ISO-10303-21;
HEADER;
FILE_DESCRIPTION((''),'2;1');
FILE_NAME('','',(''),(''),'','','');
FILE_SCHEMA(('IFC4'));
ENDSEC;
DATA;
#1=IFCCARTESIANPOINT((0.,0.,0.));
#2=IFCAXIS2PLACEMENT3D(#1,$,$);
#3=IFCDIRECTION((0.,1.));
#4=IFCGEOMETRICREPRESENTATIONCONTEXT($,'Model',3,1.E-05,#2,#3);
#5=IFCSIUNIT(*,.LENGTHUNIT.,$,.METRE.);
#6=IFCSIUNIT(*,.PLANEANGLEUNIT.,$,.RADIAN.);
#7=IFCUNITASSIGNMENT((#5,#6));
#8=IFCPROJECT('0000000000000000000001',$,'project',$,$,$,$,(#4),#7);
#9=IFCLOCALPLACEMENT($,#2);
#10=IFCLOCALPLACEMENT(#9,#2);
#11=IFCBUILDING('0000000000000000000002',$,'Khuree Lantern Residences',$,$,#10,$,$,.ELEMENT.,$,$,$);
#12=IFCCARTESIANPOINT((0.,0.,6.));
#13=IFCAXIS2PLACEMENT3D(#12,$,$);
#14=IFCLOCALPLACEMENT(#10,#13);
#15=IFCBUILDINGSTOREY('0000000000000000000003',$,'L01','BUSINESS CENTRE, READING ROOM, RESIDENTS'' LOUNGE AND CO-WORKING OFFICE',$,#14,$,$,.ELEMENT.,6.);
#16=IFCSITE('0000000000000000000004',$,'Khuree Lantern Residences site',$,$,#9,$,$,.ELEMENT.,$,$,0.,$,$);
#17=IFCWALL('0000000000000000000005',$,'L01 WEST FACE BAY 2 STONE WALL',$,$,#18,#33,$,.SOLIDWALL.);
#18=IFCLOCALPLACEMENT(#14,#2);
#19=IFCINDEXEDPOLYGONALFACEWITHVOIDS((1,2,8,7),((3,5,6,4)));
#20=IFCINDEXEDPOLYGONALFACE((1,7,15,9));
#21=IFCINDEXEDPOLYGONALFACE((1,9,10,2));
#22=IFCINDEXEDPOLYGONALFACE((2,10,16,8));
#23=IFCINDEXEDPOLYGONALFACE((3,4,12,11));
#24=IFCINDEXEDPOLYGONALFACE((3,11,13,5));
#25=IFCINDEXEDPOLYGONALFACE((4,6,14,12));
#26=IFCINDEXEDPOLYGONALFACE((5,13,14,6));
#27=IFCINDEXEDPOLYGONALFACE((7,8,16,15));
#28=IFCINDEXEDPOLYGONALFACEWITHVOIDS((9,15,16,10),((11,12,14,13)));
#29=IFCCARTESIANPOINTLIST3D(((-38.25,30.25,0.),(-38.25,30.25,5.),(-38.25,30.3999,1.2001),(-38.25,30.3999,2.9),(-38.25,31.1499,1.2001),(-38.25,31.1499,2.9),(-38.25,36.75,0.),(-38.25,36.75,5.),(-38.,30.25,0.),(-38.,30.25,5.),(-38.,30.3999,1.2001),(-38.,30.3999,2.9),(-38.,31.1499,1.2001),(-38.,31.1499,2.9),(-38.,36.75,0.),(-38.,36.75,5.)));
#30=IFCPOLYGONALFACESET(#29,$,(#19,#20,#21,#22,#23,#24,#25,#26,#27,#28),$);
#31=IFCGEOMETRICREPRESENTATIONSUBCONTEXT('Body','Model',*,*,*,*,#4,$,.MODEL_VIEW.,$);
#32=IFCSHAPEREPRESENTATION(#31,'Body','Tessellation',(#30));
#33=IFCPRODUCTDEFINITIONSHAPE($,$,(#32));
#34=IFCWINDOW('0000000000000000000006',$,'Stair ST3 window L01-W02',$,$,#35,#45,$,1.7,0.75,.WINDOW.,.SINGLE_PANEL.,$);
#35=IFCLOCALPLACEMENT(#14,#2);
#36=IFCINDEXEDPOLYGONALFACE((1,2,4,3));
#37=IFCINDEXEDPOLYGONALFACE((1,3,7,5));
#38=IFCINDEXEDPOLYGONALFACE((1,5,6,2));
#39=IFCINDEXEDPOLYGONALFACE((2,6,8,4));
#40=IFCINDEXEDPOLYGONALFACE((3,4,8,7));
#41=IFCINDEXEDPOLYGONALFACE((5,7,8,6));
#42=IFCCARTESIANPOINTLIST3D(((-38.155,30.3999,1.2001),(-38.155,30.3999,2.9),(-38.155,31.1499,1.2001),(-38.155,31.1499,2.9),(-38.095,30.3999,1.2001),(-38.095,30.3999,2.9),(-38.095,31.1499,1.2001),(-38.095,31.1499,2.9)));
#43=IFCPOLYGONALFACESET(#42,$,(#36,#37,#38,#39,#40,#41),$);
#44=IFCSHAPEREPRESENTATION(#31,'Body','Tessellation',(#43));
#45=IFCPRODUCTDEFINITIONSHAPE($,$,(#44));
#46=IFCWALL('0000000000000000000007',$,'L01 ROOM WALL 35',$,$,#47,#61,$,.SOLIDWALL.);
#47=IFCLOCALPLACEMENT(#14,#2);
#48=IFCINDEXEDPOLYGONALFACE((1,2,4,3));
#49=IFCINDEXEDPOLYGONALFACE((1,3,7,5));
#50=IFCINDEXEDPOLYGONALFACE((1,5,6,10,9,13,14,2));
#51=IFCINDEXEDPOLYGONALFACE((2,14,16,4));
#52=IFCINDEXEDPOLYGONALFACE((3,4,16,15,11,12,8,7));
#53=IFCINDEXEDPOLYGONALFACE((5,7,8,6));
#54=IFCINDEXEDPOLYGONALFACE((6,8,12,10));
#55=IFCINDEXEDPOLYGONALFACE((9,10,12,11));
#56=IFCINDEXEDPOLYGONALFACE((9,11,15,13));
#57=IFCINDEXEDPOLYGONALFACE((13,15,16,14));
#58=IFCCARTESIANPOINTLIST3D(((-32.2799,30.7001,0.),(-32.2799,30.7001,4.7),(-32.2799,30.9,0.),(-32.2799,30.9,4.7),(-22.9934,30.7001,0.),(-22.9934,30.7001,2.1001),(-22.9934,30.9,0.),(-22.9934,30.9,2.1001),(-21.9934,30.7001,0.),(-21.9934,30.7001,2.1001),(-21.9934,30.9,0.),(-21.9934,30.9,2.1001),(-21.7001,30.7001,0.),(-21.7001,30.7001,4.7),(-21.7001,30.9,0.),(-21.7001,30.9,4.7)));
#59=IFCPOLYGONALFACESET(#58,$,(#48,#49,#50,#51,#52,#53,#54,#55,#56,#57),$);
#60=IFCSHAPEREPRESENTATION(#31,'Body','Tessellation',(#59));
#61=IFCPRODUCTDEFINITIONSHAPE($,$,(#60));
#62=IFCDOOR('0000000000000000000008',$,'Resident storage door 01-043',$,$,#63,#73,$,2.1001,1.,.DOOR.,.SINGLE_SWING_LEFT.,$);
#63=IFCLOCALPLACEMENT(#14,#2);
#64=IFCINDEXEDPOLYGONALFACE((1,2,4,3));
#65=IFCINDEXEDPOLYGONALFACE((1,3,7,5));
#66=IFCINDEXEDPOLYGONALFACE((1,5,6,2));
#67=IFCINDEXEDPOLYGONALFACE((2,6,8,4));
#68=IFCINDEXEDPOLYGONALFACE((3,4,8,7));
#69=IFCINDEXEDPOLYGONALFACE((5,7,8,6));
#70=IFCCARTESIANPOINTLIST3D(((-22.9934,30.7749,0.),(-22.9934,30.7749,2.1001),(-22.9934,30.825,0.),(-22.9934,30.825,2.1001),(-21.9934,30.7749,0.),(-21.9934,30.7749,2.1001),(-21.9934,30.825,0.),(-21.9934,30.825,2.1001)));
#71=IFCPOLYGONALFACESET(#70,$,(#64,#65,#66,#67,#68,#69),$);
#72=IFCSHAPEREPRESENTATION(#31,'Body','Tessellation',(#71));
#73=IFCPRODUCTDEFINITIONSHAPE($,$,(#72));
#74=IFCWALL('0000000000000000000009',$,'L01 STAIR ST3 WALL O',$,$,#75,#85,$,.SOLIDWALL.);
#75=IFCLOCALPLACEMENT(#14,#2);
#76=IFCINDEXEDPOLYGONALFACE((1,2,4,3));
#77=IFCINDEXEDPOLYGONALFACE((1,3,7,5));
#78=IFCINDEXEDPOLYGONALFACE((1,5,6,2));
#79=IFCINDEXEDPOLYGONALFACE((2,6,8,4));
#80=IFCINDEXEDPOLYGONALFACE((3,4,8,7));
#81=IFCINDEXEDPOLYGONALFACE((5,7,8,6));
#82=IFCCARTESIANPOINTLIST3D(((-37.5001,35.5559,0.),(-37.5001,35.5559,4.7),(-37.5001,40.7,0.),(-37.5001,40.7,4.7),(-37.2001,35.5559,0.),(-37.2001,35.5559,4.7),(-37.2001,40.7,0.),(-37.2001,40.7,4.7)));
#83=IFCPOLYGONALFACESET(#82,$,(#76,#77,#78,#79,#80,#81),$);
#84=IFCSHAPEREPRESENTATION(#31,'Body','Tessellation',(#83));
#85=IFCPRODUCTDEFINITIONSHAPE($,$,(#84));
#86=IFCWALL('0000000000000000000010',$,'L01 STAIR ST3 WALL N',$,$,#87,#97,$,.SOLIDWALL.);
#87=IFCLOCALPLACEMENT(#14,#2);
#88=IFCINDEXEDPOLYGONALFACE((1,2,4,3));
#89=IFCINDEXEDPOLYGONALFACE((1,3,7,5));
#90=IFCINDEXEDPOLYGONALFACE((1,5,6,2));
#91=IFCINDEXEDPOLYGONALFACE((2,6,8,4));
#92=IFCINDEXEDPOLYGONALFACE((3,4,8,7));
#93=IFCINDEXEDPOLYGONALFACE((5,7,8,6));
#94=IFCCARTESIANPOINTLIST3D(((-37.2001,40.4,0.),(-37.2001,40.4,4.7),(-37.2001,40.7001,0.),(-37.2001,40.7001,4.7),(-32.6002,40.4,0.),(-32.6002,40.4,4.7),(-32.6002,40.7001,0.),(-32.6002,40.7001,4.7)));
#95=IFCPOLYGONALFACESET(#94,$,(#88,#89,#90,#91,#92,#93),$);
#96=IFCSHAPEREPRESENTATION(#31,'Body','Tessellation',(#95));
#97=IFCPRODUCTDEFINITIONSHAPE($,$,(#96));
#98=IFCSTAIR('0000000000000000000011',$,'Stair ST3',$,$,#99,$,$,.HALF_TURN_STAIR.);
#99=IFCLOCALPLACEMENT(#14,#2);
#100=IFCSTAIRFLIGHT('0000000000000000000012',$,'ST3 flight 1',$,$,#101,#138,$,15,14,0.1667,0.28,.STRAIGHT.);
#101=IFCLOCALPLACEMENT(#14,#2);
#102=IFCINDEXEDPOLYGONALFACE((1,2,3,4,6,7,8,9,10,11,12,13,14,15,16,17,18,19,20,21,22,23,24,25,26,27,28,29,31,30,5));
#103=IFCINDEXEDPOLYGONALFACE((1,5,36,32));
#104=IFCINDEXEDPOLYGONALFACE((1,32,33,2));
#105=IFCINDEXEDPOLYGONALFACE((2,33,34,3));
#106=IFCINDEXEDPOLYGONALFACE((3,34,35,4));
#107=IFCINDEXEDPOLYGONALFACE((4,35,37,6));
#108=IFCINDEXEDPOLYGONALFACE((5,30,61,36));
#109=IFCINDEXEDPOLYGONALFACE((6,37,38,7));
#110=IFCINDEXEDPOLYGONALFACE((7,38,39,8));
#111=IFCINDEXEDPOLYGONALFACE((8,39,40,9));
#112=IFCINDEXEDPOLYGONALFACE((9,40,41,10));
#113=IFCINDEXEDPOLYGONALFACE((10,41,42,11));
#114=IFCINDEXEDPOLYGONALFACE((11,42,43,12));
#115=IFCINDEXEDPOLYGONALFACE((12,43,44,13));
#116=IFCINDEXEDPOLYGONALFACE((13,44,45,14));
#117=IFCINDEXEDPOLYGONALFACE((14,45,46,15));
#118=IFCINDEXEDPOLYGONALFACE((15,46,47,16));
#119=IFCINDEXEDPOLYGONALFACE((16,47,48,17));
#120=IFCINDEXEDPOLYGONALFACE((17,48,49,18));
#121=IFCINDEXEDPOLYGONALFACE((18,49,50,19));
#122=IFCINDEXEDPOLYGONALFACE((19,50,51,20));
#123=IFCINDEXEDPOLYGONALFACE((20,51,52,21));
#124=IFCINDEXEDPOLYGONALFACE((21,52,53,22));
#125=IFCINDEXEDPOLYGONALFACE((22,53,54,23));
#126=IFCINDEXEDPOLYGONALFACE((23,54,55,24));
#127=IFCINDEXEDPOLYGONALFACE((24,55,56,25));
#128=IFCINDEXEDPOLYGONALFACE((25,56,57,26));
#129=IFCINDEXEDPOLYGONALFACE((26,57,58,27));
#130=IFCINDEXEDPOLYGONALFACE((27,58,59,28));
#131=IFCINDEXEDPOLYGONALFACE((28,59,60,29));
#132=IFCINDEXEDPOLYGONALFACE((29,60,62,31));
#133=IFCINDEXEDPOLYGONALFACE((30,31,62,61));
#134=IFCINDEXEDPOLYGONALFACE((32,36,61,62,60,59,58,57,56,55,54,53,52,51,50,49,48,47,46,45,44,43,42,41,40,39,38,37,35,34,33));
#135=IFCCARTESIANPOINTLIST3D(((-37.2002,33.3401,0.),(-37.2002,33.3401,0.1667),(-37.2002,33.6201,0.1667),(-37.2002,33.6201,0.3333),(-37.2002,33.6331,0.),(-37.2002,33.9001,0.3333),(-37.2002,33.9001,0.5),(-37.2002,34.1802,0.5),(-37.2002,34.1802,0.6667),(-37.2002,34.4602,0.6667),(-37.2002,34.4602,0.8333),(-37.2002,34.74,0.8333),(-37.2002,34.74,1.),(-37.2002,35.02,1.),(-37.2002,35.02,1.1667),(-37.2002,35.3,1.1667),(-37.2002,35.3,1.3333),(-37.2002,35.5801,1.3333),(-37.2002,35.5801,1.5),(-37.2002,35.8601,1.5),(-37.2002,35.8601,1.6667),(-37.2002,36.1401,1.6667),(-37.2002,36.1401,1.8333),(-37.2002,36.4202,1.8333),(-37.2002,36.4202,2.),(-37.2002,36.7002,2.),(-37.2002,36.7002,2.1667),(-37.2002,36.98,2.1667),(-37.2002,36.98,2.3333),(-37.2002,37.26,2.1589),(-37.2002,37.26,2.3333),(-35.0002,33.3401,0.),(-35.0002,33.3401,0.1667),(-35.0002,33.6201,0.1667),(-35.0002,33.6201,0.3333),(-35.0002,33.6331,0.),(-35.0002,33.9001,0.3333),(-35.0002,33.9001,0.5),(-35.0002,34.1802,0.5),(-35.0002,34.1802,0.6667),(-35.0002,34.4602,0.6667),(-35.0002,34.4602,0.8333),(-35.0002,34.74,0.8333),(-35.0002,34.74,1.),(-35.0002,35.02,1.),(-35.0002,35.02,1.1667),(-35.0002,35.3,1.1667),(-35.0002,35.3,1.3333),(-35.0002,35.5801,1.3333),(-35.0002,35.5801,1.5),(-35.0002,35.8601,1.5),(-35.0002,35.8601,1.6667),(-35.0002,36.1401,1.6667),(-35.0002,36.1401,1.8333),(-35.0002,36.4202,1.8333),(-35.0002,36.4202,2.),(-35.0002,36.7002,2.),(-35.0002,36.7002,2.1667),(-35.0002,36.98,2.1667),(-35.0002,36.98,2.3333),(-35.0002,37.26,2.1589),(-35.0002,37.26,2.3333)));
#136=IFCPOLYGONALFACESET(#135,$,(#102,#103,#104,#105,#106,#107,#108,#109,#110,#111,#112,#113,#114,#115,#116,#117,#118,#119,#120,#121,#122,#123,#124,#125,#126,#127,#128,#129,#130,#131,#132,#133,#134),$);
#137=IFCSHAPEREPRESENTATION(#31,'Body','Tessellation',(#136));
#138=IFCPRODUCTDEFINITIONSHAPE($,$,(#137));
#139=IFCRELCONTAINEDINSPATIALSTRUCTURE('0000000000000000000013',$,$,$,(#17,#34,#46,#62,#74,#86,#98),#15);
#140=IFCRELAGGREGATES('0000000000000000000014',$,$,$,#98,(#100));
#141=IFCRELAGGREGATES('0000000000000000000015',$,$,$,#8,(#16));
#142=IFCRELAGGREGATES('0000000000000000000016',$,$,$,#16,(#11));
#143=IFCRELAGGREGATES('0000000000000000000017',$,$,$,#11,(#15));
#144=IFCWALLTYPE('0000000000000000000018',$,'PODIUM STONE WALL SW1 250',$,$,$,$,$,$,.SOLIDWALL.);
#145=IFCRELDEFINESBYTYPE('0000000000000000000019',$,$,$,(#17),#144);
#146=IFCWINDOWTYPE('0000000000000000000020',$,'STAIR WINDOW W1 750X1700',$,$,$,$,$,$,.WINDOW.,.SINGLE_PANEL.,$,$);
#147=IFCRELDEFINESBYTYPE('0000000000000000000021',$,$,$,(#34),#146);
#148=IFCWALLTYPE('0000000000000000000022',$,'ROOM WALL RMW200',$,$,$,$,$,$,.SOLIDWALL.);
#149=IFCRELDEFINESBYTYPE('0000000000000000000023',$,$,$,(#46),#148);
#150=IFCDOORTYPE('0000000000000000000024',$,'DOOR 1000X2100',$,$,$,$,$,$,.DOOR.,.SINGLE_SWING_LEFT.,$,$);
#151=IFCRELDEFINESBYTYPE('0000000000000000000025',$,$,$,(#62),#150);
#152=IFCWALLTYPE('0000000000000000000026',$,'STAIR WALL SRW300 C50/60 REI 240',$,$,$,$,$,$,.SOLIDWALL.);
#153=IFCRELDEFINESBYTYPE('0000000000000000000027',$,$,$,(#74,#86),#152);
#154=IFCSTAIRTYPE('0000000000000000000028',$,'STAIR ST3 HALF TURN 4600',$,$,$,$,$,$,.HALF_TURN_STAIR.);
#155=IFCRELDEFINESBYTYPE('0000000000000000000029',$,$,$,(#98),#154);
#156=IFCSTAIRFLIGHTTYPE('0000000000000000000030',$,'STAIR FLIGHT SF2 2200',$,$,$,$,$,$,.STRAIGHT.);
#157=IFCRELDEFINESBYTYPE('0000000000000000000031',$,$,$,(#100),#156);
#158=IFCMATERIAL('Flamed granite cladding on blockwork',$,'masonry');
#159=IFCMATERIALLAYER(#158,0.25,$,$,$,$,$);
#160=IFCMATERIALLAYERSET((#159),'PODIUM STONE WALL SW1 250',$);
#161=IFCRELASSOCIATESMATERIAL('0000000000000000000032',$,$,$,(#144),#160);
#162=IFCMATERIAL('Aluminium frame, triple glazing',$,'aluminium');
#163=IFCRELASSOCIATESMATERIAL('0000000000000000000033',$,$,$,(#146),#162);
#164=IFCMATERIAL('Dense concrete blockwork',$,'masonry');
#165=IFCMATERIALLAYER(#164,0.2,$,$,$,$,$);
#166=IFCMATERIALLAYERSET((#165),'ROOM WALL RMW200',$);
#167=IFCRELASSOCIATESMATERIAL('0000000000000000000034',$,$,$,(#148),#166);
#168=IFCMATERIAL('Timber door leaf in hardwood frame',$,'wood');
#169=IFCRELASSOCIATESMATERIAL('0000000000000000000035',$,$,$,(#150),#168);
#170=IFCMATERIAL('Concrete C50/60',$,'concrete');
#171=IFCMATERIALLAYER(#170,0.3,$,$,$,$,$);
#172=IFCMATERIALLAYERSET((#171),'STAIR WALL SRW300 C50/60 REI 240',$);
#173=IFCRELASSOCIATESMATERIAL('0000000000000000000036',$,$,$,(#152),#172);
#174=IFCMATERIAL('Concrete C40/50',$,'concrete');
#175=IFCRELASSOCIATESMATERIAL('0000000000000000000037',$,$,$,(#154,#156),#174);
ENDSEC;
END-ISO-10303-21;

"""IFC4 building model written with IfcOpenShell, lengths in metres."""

from ifc_helpers import new_model, si_unit, direction, frame, frame_2d, origin, place, context, subcontext, project, spatial, polyline, rectangle, outline, extrude, material, layer, layer_set, type_object, element, fill, aggregate, save


model = new_model("IFC4")

# Units and contexts
model_context = context("Model", 3, precision=1e-05, world=origin(), true_north=direction((0.0, 1.0)))
body_context = subcontext(model_context, "Body", "Model", "MODEL_VIEW")
ifc_project = project(units=[si_unit("LENGTHUNIT", "METRE"), si_unit("PLANEANGLEUNIT", "RADIAN")], contexts=[model_context])

# Site, building, storey
site_placement = place(None, origin())
site = spatial("IfcSite", under=ifc_project, at=site_placement, Name="Khuree Lantern Residences site", CompositionType="ELEMENT", RefElevation=0.0)
building_placement = place(site_placement, origin())
building = spatial("IfcBuilding", under=site, at=building_placement, Name="Khuree Lantern Residences", CompositionType="ELEMENT")
storey_placement = place(building_placement, frame((0.0, 0.0, 6.0)))
storey = spatial("IfcBuildingStorey", under=building, at=storey_placement, Name="L01", Description="BUSINESS CENTRE, READING ROOM, RESIDENTS' LOUNGE AND CO-WORKING OFFICE", CompositionType="ELEMENT", Elevation=6.0)

# Shared definitions
ifc_material_1 = material(Name="Concrete C40/50", Category="concrete")

# Shared definitions
ifc_material_2 = material(Name="Dense concrete blockwork", Category="masonry")
ifc_material_3 = material(Name="Flamed granite cladding on blockwork", Category="masonry")

# Wall, opening, window
ifc_layer_1 = layer(ifc_material_3, 0.25)
ifc_layer_set_1 = layer_set([ifc_layer_1], Name="PODIUM STONE WALL SW1 250")
wall_type_1 = type_object("IfcWallType", Name="PODIUM STONE WALL SW1 250", PredefinedType="SOLIDWALL", material=ifc_layer_set_1)
wall_1_placement = place(storey_placement, frame((-38.125, 36.75, 0.0), z_axis=(0.0, 0.0, 1.0), x_axis=(0.0, -1.0, 0.0)))
wall_1 = element("IfcWall", 1, at=wall_1_placement, inside=storey, type_object=wall_type_1, Name="L01 WEST FACE BAY 2 STONE WALL", PredefinedType="SOLIDWALL", context=body_context, shape_type="SweptSolid", body=[
    extrude(rectangle(XDim=6.5, YDim=0.25, at=frame_2d((3.25, 0.0))), origin(), (0.0, 0.0, 1.0), 5.0),
])
opening_1_placement = place(wall_1_placement, frame((5.6001, 0.0, 1.2)))
opening_1 = element("IfcOpeningElement", 2, at=opening_1_placement, cuts=wall_1, PredefinedType="OPENING", context=body_context, shape_type="SweptSolid", body=[
    extrude(rectangle(XDim=0.75, YDim=1.7, at=frame_2d((0.375, 0.8501))), frame((0.0, 0.135, 0.0), z_axis=(0.0, -1.0, 0.0), x_axis=(1.0, 0.0, 0.0)), (0.0, 0.0, 1.0), 0.27),
])
ifc_material_4 = material(Name="Aluminium frame, triple glazing", Category="aluminium")
window_type = type_object("IfcWindowType", Name="STAIR WINDOW W1 750X1700", PartitioningType="SINGLE_PANEL", PredefinedType="WINDOW", material=ifc_material_4)
window_placement = place(opening_1_placement, origin())
window = element("IfcWindow", 3, at=window_placement, inside=storey, type_object=window_type, Name="Stair ST3 window L01-W02", OverallHeight=1.7, OverallWidth=0.75, PartitioningType="SINGLE_PANEL", PredefinedType="WINDOW", context=body_context, shape_type="SweptSolid", body=[
    extrude(rectangle(XDim=0.75, YDim=1.7, at=frame_2d((0.375, 0.8501))), frame((0.0, 0.03, 0.0), z_axis=(0.0, -1.0, 0.0), x_axis=(1.0, 0.0, 0.0)), (0.0, 0.0, 1.0), 0.0601),
])
fill(opening_1, window)

# Wall, opening, door
ifc_layer_2 = layer(ifc_material_2, 0.2)
ifc_layer_set_2 = layer_set([ifc_layer_2], Name="ROOM WALL RMW200")
wall_type_2 = type_object("IfcWallType", Name="ROOM WALL RMW200", PredefinedType="SOLIDWALL", material=ifc_layer_set_2)
wall_2_placement = place(storey_placement, frame((-32.28, 30.8, 0.0), z_axis=(0.0, 0.0, 1.0), x_axis=(1.0, 0.0, 0.0)))
wall_2 = element("IfcWall", 4, at=wall_2_placement, inside=storey, type_object=wall_type_2, Name="L01 ROOM WALL 35", PredefinedType="SOLIDWALL", context=body_context, shape_type="SweptSolid", body=[
    extrude(rectangle(XDim=10.5798, YDim=0.2, at=frame_2d((5.29, 0.0))), origin(), (0.0, 0.0, 1.0), 4.7),
])
opening_2_placement = place(wall_2_placement, frame((9.2866, 0.0, 0.0)))
opening_2 = element("IfcOpeningElement", 5, at=opening_2_placement, cuts=wall_2, PredefinedType="OPENING", context=body_context, shape_type="SweptSolid", body=[
    extrude(rectangle(XDim=1.0, YDim=2.1001, at=frame_2d((0.5, 1.05))), frame((0.0, 0.1099, 0.0), z_axis=(0.0, -1.0, 0.0), x_axis=(1.0, 0.0, 0.0)), (0.0, 0.0, 1.0), 0.22),
])
ifc_material_5 = material(Name="Timber door leaf in hardwood frame", Category="wood")
door_type = type_object("IfcDoorType", Name="DOOR 1000X2100", OperationType="SINGLE_SWING_LEFT", PredefinedType="DOOR", material=ifc_material_5)
door_placement = place(opening_2_placement, origin())
door = element("IfcDoor", 6, at=door_placement, inside=storey, type_object=door_type, Name="Resident storage door 01-043", OperationType="SINGLE_SWING_LEFT", OverallHeight=2.1001, OverallWidth=1.0, PredefinedType="DOOR", context=body_context, shape_type="SweptSolid", body=[
    extrude(rectangle(XDim=1.0, YDim=2.1001, at=frame_2d((0.5, 1.05))), frame((0.0, 0.0249, 0.0), z_axis=(0.0, -1.0, 0.0), x_axis=(1.0, 0.0, 0.0)), (0.0, 0.0, 1.0), 0.05),
])
fill(opening_2, door)

# Walls
ifc_material_6 = material(Name="Concrete C50/60", Category="concrete")
ifc_layer_3 = layer(ifc_material_6, 0.3)
ifc_layer_set_3 = layer_set([ifc_layer_3], Name="STAIR WALL SRW300 C50/60 REI 240")
wall_type_3 = type_object("IfcWallType", Name="STAIR WALL SRW300 C50/60 REI 240", PredefinedType="SOLIDWALL", material=ifc_layer_set_3)
wall_3_placement = place(storey_placement, frame((-37.3501, 35.5559, 0.0), z_axis=(0.0, 0.0, 1.0), x_axis=(0.0, 1.0, 0.0)))
element("IfcWall", 7, at=wall_3_placement, inside=storey, type_object=wall_type_3, Name="L01 STAIR ST3 WALL O", PredefinedType="SOLIDWALL", context=body_context, shape_type="SweptSolid", body=[
    extrude(rectangle(XDim=5.144, YDim=0.3, at=frame_2d((2.572, 0.0))), origin(), (0.0, 0.0, 1.0), 4.7),
])
wall_4_placement = place(storey_placement, frame((-37.2, 40.55, 0.0), z_axis=(0.0, 0.0, 1.0), x_axis=(1.0, 0.0, 0.0)))
element("IfcWall", 8, at=wall_4_placement, inside=storey, type_object=wall_type_3, Name="L01 STAIR ST3 WALL N", PredefinedType="SOLIDWALL", context=body_context, shape_type="SweptSolid", body=[
    extrude(rectangle(XDim=4.5999, YDim=0.3, at=frame_2d((2.2998, 0.0))), origin(), (0.0, 0.0, 1.0), 4.7),
])

# Stair, stair flight
stair_type = type_object("IfcStairType", Name="STAIR ST3 HALF TURN 4600", PredefinedType="HALF_TURN_STAIR", material=ifc_material_1)
stair_placement = place(storey_placement, origin())
stair = element("IfcStair", 9, at=stair_placement, inside=storey, type_object=stair_type, Name="Stair ST3", PredefinedType="HALF_TURN_STAIR")
stair_flight_type = type_object("IfcStairFlightType", Name="STAIR FLIGHT SF2 2200", PredefinedType="STRAIGHT", material=ifc_material_1)
stair_flight_1_placement = place(storey_placement, frame((-36.1001, 33.3401, 0.0), z_axis=(0.0, 0.0, 1.0), x_axis=(0.0, 1.0, 0.0)))
stair_flight_1 = element("IfcStairFlight", 10, at=stair_flight_1_placement, type_object=stair_flight_type, Name="ST3 flight 1", NumberOfRisers=15, NumberOfTreads=14, PredefinedType="STRAIGHT", RiserHeight=0.1667, TreadLength=0.28, context=body_context, shape_type="SweptSolid", body=[
    extrude(outline(polyline([(0.0, 0.0), (0.0, 0.1667), (0.28, 0.1667), (0.28, 0.3333), (0.5601, 0.3333), (0.5601, 0.5), (0.8401, 0.5), (0.8401, 0.6667), (1.1201, 0.6667), (1.1201, 0.8333), (1.3999, 0.8333), (1.3999, 1.0), (1.6799, 1.0), (1.6799, 1.1667), (1.96, 1.1667), (1.96, 1.3333), (2.24, 1.3333), (2.24, 1.5), (2.52, 1.5), (2.52, 1.6667), (2.8, 1.6667), (2.8, 1.8333), (3.0801, 1.8333), (3.0801, 2.0), (3.3601, 2.0), (3.3601, 2.1667), (3.6399, 2.1667), (3.6399, 2.3333), (3.9199, 2.3333), (3.9199, 2.5), (3.9199, 2.1589), (0.293, 0.0), (0.0, 0.0)])), frame((0.0, 1.1001, 0.0), z_axis=(0.0, -1.0, 0.0), x_axis=(1.0, 0.0, 0.0)), (0.0, 0.0, 1.0), 2.2),
])
aggregate(stair, [stair_flight_1])

save(model, "model.ifc")
